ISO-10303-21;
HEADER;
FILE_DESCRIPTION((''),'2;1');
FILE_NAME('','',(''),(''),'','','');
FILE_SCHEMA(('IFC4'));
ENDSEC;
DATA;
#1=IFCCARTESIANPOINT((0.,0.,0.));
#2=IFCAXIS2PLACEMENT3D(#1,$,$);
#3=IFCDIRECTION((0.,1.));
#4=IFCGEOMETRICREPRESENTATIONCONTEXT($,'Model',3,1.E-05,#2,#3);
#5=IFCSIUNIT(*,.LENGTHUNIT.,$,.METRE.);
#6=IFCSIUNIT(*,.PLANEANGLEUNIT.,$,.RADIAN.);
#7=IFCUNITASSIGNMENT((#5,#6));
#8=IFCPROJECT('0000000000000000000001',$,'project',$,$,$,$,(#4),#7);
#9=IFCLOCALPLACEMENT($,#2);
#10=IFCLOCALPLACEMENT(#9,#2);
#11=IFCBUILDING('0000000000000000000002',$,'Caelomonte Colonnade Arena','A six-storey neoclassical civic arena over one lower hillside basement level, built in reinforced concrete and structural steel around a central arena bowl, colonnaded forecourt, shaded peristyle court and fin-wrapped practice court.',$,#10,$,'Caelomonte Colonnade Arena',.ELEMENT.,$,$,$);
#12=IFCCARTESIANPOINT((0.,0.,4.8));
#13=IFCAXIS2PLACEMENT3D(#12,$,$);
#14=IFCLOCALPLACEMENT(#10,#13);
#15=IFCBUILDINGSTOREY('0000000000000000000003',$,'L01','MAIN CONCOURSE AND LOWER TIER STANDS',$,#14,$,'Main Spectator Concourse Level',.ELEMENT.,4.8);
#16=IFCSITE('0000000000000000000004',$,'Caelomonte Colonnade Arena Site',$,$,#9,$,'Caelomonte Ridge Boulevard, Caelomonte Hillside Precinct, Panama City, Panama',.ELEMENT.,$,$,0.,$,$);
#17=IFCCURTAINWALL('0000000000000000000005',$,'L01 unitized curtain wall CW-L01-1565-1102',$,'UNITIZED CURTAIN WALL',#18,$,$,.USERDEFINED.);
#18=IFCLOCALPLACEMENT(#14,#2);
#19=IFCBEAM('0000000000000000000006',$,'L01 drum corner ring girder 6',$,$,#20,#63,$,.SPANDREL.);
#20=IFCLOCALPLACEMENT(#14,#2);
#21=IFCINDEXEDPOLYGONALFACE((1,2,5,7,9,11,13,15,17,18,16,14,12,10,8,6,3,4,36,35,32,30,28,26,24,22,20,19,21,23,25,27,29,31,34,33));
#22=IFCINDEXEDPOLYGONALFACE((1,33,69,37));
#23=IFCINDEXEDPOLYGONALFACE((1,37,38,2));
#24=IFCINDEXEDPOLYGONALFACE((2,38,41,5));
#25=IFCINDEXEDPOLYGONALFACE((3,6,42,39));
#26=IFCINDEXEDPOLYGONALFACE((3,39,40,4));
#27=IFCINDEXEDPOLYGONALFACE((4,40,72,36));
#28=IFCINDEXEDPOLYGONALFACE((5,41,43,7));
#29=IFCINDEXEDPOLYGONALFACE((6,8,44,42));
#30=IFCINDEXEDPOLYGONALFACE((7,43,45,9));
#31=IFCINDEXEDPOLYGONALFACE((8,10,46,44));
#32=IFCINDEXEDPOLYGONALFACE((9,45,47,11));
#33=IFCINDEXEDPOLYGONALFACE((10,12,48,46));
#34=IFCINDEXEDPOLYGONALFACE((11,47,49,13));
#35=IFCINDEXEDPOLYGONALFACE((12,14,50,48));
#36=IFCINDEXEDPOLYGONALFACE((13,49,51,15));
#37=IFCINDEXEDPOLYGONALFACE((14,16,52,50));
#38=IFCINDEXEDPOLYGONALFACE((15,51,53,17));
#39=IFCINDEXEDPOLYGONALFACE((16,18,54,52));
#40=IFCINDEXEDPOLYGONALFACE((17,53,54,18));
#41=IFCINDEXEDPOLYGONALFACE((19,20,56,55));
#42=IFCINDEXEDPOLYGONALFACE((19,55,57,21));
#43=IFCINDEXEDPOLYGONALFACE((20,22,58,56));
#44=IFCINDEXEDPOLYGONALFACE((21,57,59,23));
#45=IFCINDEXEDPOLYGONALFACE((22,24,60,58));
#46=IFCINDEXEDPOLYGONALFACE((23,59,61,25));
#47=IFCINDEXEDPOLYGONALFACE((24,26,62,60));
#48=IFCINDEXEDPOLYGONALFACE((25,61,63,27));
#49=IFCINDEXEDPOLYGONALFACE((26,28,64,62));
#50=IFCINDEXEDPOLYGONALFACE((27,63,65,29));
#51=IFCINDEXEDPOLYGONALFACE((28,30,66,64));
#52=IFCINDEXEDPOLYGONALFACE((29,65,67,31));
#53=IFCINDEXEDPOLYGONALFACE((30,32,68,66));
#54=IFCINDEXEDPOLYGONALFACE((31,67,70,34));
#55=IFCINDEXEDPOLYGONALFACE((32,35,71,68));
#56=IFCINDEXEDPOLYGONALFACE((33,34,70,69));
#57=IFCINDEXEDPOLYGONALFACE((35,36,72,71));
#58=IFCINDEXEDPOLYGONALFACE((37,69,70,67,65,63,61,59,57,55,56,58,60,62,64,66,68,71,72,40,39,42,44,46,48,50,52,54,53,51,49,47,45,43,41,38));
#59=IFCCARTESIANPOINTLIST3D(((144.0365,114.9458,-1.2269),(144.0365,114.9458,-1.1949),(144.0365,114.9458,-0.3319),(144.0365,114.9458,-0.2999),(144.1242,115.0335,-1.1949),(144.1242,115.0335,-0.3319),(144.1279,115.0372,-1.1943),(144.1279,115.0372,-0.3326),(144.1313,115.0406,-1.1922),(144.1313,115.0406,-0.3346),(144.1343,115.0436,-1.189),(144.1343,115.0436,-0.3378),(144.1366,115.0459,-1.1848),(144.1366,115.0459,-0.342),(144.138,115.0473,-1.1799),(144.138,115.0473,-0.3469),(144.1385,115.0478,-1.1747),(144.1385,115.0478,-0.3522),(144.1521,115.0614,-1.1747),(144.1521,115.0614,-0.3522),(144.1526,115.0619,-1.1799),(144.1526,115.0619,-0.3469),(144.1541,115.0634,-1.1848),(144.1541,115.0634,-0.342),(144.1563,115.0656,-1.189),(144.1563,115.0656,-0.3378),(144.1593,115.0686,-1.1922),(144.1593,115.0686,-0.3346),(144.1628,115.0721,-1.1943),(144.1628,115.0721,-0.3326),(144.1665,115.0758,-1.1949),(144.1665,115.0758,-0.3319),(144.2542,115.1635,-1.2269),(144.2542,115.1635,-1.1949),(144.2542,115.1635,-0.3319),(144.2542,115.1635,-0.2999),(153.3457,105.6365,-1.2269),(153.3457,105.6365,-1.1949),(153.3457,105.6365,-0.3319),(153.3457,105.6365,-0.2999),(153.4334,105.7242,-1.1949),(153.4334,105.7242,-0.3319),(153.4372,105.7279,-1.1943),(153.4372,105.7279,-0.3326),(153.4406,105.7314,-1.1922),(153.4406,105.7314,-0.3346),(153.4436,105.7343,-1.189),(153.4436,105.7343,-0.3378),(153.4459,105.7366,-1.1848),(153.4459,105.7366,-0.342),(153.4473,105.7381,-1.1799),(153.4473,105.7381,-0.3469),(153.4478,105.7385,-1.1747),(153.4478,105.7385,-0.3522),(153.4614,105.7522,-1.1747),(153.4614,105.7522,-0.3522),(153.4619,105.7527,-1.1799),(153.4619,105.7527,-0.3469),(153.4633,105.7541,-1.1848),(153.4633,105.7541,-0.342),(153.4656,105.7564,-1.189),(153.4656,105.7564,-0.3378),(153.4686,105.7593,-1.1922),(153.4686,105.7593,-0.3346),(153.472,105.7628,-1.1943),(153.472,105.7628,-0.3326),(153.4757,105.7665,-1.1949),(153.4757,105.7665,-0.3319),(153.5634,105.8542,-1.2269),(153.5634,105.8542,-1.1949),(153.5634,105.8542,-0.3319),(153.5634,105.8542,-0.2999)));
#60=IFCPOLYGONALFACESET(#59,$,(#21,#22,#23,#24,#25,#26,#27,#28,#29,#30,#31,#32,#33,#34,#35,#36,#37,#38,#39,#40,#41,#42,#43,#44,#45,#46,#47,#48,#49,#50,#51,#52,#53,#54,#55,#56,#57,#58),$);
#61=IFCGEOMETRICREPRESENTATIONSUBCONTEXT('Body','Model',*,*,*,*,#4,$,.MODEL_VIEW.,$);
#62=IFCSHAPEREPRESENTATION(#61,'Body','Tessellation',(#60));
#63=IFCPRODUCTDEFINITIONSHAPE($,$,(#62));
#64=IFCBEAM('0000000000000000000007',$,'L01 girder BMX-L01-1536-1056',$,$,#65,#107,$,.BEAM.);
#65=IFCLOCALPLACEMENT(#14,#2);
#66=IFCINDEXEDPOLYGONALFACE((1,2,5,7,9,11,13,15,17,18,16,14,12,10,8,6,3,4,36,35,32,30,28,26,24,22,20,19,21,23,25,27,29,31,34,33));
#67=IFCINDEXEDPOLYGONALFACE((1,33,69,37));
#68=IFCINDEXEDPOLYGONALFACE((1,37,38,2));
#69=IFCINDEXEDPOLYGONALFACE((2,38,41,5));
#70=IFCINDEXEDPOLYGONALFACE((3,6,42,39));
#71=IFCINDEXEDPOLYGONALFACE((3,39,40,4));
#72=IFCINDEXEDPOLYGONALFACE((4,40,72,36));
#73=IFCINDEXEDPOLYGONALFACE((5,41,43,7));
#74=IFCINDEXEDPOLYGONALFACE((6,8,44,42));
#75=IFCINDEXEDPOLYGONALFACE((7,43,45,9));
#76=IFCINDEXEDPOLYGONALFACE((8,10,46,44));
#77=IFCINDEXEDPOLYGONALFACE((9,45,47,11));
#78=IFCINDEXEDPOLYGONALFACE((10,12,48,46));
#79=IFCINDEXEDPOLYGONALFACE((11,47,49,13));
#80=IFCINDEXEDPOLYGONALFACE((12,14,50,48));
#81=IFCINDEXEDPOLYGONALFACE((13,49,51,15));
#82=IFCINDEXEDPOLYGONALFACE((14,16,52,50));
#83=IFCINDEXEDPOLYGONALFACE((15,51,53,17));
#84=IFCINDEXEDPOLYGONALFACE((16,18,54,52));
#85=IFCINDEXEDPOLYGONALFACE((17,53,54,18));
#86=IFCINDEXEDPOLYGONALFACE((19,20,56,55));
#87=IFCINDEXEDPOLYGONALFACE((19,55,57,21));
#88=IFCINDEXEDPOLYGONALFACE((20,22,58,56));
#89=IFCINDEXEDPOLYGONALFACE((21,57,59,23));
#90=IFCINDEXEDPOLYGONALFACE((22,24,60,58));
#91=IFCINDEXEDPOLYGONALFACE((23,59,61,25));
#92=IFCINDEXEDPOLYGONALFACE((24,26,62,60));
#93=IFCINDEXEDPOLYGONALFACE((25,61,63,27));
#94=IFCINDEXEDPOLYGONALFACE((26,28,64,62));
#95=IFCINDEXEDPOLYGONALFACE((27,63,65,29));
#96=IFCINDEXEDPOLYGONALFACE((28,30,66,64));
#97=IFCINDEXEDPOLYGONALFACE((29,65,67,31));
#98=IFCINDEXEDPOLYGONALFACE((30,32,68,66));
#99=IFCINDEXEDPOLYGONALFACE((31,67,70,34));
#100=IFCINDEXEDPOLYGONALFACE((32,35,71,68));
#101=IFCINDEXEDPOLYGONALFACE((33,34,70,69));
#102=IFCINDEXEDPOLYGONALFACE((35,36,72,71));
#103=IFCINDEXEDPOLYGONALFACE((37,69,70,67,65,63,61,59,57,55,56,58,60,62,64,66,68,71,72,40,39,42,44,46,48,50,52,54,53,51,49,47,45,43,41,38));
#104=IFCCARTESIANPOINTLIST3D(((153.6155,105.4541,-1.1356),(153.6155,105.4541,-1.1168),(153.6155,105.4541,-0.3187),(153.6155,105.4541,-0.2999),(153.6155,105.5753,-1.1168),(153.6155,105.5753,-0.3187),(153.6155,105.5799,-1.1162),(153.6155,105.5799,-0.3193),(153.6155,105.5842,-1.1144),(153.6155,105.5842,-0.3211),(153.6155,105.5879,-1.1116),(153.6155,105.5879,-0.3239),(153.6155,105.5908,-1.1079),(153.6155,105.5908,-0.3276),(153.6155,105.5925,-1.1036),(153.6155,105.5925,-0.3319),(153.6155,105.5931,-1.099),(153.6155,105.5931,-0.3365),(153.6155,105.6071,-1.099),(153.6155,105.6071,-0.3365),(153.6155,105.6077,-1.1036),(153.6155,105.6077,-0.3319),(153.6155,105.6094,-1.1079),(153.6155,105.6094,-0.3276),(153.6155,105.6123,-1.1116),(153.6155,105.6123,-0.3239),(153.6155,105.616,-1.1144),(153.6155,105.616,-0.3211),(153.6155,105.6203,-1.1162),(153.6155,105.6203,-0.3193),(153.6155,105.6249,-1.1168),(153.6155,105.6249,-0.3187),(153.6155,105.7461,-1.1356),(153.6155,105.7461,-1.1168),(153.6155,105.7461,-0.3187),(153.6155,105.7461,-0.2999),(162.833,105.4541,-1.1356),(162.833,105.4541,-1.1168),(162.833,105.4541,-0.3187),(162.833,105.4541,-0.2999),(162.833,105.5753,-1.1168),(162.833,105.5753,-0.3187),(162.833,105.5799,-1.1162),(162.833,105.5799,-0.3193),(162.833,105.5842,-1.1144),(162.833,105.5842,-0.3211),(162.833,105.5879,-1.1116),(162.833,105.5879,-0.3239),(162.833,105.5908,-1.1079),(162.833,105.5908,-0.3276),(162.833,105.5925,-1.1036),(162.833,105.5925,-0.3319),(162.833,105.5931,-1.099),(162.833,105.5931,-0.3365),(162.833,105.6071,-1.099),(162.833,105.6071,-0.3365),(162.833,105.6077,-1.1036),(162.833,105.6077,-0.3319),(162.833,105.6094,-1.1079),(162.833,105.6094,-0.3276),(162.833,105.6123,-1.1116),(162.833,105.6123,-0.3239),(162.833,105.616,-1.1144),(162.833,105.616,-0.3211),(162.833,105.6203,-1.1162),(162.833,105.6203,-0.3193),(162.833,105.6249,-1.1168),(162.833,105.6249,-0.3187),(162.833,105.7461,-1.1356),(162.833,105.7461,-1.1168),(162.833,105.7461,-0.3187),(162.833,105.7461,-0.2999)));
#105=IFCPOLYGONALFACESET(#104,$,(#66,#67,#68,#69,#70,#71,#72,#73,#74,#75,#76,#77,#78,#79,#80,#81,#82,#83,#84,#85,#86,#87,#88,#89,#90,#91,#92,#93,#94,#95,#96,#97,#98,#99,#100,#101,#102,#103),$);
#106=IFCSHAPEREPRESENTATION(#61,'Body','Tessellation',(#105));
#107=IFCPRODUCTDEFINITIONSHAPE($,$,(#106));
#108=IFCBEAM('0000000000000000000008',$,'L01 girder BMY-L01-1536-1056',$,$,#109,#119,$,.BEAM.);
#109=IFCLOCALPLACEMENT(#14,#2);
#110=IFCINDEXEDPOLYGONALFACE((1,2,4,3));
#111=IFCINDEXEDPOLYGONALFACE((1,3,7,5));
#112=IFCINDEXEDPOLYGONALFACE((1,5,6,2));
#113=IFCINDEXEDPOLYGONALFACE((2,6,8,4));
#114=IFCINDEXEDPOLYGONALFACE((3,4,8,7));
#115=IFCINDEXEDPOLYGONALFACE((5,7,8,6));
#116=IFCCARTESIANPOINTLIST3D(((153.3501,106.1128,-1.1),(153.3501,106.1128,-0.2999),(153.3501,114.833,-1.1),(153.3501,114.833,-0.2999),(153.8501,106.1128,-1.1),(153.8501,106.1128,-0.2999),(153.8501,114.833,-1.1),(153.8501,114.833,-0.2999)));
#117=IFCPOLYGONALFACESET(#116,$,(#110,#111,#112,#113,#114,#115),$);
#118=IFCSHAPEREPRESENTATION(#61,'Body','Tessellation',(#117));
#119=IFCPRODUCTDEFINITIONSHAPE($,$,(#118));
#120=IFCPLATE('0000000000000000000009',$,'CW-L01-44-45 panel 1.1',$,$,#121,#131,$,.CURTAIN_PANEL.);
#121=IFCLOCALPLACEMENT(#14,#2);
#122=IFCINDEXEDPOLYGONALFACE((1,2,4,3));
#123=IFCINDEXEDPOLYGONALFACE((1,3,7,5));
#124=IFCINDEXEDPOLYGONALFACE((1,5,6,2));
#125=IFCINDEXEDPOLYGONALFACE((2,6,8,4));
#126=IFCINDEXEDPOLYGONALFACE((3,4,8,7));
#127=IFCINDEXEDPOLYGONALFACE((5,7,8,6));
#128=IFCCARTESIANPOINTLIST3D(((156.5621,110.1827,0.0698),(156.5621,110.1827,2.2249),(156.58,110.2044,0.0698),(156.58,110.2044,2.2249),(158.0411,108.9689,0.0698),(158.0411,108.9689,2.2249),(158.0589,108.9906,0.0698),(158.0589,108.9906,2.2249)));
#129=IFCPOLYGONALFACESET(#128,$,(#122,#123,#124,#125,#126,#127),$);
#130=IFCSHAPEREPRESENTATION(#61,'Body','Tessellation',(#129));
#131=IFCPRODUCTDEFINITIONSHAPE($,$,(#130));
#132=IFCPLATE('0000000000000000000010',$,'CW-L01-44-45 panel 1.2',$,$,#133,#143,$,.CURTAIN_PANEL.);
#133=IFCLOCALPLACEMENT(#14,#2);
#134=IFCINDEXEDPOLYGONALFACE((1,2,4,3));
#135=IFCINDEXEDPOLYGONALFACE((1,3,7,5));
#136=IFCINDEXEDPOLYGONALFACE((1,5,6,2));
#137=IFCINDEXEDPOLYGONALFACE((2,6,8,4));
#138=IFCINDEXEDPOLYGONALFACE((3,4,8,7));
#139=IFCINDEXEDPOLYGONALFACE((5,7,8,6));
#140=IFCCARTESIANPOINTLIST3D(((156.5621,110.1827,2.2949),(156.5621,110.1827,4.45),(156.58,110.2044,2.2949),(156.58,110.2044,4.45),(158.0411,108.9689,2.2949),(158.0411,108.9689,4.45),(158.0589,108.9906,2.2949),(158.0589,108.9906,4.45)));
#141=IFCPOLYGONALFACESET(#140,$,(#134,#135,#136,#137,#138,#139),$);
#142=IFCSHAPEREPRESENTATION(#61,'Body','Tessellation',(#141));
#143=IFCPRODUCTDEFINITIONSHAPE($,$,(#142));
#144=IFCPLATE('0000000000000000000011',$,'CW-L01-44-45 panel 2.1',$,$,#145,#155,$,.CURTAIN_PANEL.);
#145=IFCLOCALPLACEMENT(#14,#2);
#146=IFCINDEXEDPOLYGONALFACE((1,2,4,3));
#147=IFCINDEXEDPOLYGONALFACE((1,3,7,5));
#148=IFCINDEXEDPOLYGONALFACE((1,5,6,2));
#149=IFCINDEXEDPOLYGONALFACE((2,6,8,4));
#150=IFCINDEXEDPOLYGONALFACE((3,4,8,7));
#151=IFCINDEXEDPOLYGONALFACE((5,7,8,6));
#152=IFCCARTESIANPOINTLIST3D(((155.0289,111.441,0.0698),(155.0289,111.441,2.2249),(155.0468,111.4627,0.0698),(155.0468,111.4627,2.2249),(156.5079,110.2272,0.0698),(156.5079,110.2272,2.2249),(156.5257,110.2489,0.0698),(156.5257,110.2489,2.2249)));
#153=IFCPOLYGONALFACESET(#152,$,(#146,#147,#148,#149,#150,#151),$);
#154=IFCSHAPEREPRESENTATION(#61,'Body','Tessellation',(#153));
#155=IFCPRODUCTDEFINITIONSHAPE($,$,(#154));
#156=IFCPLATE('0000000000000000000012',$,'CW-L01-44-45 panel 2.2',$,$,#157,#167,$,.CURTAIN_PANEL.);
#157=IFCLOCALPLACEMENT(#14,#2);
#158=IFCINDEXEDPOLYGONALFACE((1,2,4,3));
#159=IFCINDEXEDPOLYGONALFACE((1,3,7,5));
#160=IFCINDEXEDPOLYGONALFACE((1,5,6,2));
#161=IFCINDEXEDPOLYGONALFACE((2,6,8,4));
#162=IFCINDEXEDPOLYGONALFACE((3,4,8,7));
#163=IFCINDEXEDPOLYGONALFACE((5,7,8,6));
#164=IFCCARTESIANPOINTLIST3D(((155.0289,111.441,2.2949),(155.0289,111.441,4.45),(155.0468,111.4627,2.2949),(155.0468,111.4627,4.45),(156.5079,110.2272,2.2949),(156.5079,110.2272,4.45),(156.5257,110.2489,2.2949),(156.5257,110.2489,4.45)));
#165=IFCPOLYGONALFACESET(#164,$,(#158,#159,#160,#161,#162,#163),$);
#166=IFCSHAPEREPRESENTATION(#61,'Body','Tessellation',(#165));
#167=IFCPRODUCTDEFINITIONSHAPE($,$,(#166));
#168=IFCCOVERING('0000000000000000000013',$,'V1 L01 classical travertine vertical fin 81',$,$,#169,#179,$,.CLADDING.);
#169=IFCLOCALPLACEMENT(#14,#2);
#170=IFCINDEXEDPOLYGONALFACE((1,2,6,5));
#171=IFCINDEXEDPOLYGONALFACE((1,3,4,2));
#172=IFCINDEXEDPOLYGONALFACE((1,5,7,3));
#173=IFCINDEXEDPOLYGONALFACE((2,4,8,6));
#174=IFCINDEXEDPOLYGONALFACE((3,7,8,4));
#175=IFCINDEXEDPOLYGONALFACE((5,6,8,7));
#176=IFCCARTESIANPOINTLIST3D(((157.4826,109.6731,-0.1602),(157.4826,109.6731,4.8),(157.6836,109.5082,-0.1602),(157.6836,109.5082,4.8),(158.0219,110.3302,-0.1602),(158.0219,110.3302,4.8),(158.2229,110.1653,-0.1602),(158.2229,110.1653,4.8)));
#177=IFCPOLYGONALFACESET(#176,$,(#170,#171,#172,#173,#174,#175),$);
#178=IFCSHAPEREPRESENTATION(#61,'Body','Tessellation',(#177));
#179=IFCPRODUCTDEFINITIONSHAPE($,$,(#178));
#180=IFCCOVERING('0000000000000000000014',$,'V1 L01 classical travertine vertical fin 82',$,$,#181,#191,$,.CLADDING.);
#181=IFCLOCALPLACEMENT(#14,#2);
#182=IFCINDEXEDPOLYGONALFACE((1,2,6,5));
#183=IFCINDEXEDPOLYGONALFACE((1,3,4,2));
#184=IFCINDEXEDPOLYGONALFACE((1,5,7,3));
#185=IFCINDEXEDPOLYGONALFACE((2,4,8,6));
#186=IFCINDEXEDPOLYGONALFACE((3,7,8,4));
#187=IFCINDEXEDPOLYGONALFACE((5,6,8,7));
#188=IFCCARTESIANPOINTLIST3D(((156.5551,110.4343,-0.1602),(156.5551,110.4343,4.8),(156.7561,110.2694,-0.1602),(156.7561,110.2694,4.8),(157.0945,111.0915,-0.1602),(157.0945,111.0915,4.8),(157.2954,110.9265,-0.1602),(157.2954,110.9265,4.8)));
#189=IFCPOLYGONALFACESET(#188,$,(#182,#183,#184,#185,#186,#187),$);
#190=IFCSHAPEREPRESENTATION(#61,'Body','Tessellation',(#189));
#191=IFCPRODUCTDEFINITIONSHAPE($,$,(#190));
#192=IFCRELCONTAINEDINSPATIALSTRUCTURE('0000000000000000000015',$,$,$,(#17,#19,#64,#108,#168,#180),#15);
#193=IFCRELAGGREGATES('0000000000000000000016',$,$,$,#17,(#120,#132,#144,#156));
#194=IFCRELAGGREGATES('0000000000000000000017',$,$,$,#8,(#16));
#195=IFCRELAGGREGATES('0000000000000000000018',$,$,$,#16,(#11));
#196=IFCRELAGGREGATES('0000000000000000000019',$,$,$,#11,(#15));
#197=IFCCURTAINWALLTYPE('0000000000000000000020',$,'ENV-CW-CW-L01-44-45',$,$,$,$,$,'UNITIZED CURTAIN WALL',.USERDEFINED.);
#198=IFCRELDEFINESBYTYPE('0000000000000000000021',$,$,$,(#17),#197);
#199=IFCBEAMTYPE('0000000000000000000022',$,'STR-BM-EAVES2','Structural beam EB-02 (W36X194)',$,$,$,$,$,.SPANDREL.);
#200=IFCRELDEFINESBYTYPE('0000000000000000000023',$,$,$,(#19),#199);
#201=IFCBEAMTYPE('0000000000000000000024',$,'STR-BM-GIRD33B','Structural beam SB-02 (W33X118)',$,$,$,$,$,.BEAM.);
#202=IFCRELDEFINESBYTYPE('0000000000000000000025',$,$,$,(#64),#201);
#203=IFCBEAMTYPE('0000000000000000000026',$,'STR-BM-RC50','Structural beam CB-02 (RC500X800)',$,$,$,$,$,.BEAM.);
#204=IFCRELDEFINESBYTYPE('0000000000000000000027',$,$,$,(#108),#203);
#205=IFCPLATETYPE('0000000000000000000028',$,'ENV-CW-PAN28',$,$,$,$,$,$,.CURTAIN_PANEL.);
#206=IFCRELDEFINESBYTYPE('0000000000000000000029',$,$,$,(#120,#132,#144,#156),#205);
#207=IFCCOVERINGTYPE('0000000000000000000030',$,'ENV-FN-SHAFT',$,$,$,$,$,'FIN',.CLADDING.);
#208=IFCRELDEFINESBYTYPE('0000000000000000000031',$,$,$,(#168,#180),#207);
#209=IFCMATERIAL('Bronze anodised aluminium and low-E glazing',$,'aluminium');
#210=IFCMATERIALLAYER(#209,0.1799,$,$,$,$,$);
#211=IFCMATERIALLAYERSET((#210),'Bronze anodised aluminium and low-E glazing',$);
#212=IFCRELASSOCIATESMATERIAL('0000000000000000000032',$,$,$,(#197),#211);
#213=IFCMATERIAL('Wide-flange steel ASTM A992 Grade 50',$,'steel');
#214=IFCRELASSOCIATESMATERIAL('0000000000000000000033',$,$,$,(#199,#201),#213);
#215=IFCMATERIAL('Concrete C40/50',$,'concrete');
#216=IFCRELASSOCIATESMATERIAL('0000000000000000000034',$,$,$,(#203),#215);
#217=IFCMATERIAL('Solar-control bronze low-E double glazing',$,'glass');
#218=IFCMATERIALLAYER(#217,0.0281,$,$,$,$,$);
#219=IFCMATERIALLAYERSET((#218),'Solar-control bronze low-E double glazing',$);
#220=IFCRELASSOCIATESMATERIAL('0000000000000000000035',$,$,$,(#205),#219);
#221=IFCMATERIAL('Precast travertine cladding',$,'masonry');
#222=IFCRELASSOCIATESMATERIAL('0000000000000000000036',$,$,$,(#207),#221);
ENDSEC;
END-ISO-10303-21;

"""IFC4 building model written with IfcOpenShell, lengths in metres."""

from ifc_helpers import new_model, si_unit, direction, frame, origin, origin_2d, place, context, subcontext, project, spatial, rectangle, i_section, extrude, material, layer, layer_set, material_profile, profile_set, type_object, element, aggregate, save


model = new_model("IFC4")

# Units and contexts
model_context = context("Model", 3, precision=1e-05, world=origin(), true_north=direction((0.0, 1.0)))
body_context = subcontext(model_context, "Body", "Model", "MODEL_VIEW")
ifc_project = project(units=[si_unit("LENGTHUNIT", "METRE"), si_unit("PLANEANGLEUNIT", "RADIAN")], contexts=[model_context])

# Site, building, storey
site_placement = place(None, origin())
site = spatial("IfcSite", under=ifc_project, at=site_placement, Name="Caelomonte Colonnade Arena Site", LongName="Caelomonte Ridge Boulevard, Caelomonte Hillside Precinct, Panama City, Panama", CompositionType="ELEMENT", RefElevation=0.0)
building_placement = place(site_placement, origin())
building = spatial("IfcBuilding", under=site, at=building_placement, Name="Caelomonte Colonnade Arena", Description="A six-storey neoclassical civic arena over one lower hillside basement level, built in reinforced concrete and structural steel around a central arena bowl, colonnaded forecourt, shaded peristyle court and fin-wrapped practice court.", LongName="Caelomonte Colonnade Arena", CompositionType="ELEMENT")
storey_placement = place(building_placement, frame((0.0, 0.0, 4.8)))
storey = spatial("IfcBuildingStorey", under=building, at=storey_placement, Name="L01", Description="MAIN CONCOURSE AND LOWER TIER STANDS", LongName="Main Spectator Concourse Level", CompositionType="ELEMENT", Elevation=4.8)

# Shared definitions
ifc_material_1 = material(Name="Wide-flange steel ASTM A992 Grade 50", Category="steel")

# Shared definitions
ifc_material_2 = material(Name="Bronze anodised aluminium and low-E glazing", Category="aluminium")

# Curtain wall
ifc_layer_1 = layer(ifc_material_2, 0.1799)
ifc_layer_set_1 = layer_set([ifc_layer_1], Name="Bronze anodised aluminium and low-E glazing")
curtain_wall_type_1 = type_object("IfcCurtainWallType", Name="ENV-CW-CW-L01-44-45", ElementType="UNITIZED CURTAIN WALL", PredefinedType="USERDEFINED", material=ifc_layer_set_1)
curtain_wall_1_placement = place(storey_placement, origin())
curtain_wall_1 = element("IfcCurtainWall", 1, at=curtain_wall_1_placement, inside=storey, type_object=curtain_wall_type_1, Name="L01 unitized curtain wall CW-L01-1565-1102", ObjectType="UNITIZED CURTAIN WALL", PredefinedType="USERDEFINED")

# Beams
ifc_material_profile_1 = material_profile(ifc_material_1, i_section(OverallWidth=0.3079, OverallDepth=0.927, WebThickness=0.0193, FlangeThickness=0.032, FilletRadius=0.0203, at=origin_2d()), Name="W36X194")
ifc_profile_set_1 = profile_set([ifc_material_profile_1], Name="Wide-flange steel ASTM A992 Grade 50")
beam_type_1 = type_object("IfcBeamType", Name="STR-BM-EAVES2", Description="Structural beam EB-02 (W36X194)", PredefinedType="SPANDREL", material=ifc_profile_set_1)
beam_1_placement = place(storey_placement, frame((153.4546, 105.7454, -0.7634), z_axis=(-0.707107, 0.707107, 0.0), x_axis=(-0.707107, -0.707107, 0.0)))
element("IfcBeam", 2, at=beam_1_placement, inside=storey, type_object=beam_type_1, Name="L01 drum corner ring girder 6", PredefinedType="SPANDREL", context=body_context, shape_type="SweptSolid", body=[
    extrude(i_section(OverallWidth=0.3079, OverallDepth=0.927, WebThickness=0.0193, FlangeThickness=0.032, FilletRadius=0.0203, at=origin_2d()), origin(), (0.0, 0.0, 1.0), 13.1653),
])
ifc_material_profile_2 = material_profile(ifc_material_1, i_section(OverallWidth=0.292, OverallDepth=0.8357, WebThickness=0.0139, FlangeThickness=0.0188, FilletRadius=0.0178, at=origin_2d()), Name="W33X118")
ifc_profile_set_2 = profile_set([ifc_material_profile_2], Name="Wide-flange steel ASTM A992 Grade 50")
beam_type_2 = type_object("IfcBeamType", Name="STR-BM-GIRD33B", Description="Structural beam SB-02 (W33X118)", PredefinedType="BEAM", material=ifc_profile_set_2)
beam_2_placement = place(storey_placement, frame((153.6155, 105.6001, -0.7178), z_axis=(1.0, 0.0, 0.0), x_axis=(0.0, 1.0, 0.0)))
element("IfcBeam", 3, at=beam_2_placement, inside=storey, type_object=beam_type_2, Name="L01 girder BMX-L01-1536-1056", PredefinedType="BEAM", context=body_context, shape_type="SweptSolid", body=[
    extrude(i_section(OverallWidth=0.292, OverallDepth=0.8357, WebThickness=0.0139, FlangeThickness=0.0188, FilletRadius=0.0178, at=origin_2d()), origin(), (0.0, 0.0, 1.0), 9.2175),
])
ifc_material_3 = material(Name="Concrete C40/50", Category="concrete")
ifc_material_profile_3 = material_profile(ifc_material_3, rectangle(XDim=0.5, YDim=0.8, at=origin_2d()), Name="RC500X800")
ifc_profile_set_3 = profile_set([ifc_material_profile_3], Name="Concrete C40/50")
beam_type_3 = type_object("IfcBeamType", Name="STR-BM-RC50", Description="Structural beam CB-02 (RC500X800)", PredefinedType="BEAM", material=ifc_profile_set_3)
beam_3_placement = place(storey_placement, frame((153.6001, 106.1128, -0.7), z_axis=(0.0, 1.0, 0.0), x_axis=(-1.0, 0.0, 0.0)))
element("IfcBeam", 4, at=beam_3_placement, inside=storey, type_object=beam_type_3, Name="L01 girder BMY-L01-1536-1056", PredefinedType="BEAM", context=body_context, shape_type="SweptSolid", body=[
    extrude(rectangle(XDim=0.5, YDim=0.8, at=origin_2d()), origin(), (0.0, 0.0, 1.0), 8.7202),
])

# Plates
ifc_material_4 = material(Name="Solar-control bronze low-E double glazing", Category="glass")
ifc_layer_2 = layer(ifc_material_4, 0.0281)
ifc_layer_set_2 = layer_set([ifc_layer_2], Name="Solar-control bronze low-E double glazing")
plate_type = type_object("IfcPlateType", Name="ENV-CW-PAN28", PredefinedType="CURTAIN_PANEL", material=ifc_layer_set_2)
plate_1_placement = place(storey_placement, frame((157.3105, 109.5867, 0.0698), z_axis=(0.0, 0.0, 1.0), x_axis=(-0.772992, 0.634416, 0.0)))
plate_1 = element("IfcPlate", 5, at=plate_1_placement, type_object=plate_type, Name="CW-L01-44-45 panel 1.1", PredefinedType="CURTAIN_PANEL", context=body_context, shape_type="SweptSolid", body=[
    extrude(rectangle(XDim=1.9133, YDim=0.0281, at=origin_2d()), origin(), (0.0, 0.0, 1.0), 2.155),
])
plate_2_placement = place(storey_placement, frame((157.3105, 109.5867, 2.2949), z_axis=(0.0, 0.0, 1.0), x_axis=(-0.772992, 0.634416, 0.0)))
plate_2 = element("IfcPlate", 6, at=plate_2_placement, type_object=plate_type, Name="CW-L01-44-45 panel 1.2", PredefinedType="CURTAIN_PANEL", context=body_context, shape_type="SweptSolid", body=[
    extrude(rectangle(XDim=1.9133, YDim=0.0281, at=origin_2d()), origin(), (0.0, 0.0, 1.0), 2.155),
])
plate_3_placement = place(storey_placement, frame((155.7773, 110.845, 0.0698), z_axis=(0.0, 0.0, 1.0), x_axis=(-0.772992, 0.634416, 0.0)))
plate_3 = element("IfcPlate", 7, at=plate_3_placement, type_object=plate_type, Name="CW-L01-44-45 panel 2.1", PredefinedType="CURTAIN_PANEL", context=body_context, shape_type="SweptSolid", body=[
    extrude(rectangle(XDim=1.9133, YDim=0.0281, at=origin_2d()), origin(), (0.0, 0.0, 1.0), 2.155),
])
plate_4_placement = place(storey_placement, frame((155.7773, 110.845, 2.2949), z_axis=(0.0, 0.0, 1.0), x_axis=(-0.772992, 0.634416, 0.0)))
plate_4 = element("IfcPlate", 8, at=plate_4_placement, type_object=plate_type, Name="CW-L01-44-45 panel 2.2", PredefinedType="CURTAIN_PANEL", context=body_context, shape_type="SweptSolid", body=[
    extrude(rectangle(XDim=1.9133, YDim=0.0281, at=origin_2d()), origin(), (0.0, 0.0, 1.0), 2.155),
])
aggregate(curtain_wall_1, [plate_1, plate_2, plate_3, plate_4])

# Coverings
ifc_material_5 = material(Name="Precast travertine cladding", Category="masonry")
ifc_material_profile_4 = material_profile(ifc_material_5, rectangle(XDim=0.26, YDim=0.8501, at=origin_2d()), Name="FIN260X850")
ifc_profile_set_4 = profile_set([ifc_material_profile_4], Name="Precast travertine cladding")
covering_type = type_object("IfcCoveringType", Name="ENV-FN-SHAFT", ElementType="FIN", PredefinedType="CLADDING", material=ifc_profile_set_4)
for number, where, z_axis, x_axis, name in (
    (9, (157.8528, 109.9192, -0.1602), (0.0, 0.0, 1.0), (0.772994, -0.634414, 0.0), "V1 L01 classical travertine vertical fin 81"),
    (10, (156.9253, 110.6804, -0.1602), (0.0, 0.0, 1.0), (0.772994, -0.634414, 0.0), "V1 L01 classical travertine vertical fin 82"),
):
    element("IfcCovering", number, at=place(storey_placement, frame(where, z_axis=z_axis, x_axis=x_axis)), inside=storey, type_object=covering_type, Name=name, PredefinedType="CLADDING", context=body_context, shape_type="SweptSolid", body=[
        extrude(rectangle(XDim=0.26, YDim=0.8501, at=origin_2d()), origin(), (0.0, 0.0, 1.0), 4.9602),
    ])

save(model, "model.ifc")
